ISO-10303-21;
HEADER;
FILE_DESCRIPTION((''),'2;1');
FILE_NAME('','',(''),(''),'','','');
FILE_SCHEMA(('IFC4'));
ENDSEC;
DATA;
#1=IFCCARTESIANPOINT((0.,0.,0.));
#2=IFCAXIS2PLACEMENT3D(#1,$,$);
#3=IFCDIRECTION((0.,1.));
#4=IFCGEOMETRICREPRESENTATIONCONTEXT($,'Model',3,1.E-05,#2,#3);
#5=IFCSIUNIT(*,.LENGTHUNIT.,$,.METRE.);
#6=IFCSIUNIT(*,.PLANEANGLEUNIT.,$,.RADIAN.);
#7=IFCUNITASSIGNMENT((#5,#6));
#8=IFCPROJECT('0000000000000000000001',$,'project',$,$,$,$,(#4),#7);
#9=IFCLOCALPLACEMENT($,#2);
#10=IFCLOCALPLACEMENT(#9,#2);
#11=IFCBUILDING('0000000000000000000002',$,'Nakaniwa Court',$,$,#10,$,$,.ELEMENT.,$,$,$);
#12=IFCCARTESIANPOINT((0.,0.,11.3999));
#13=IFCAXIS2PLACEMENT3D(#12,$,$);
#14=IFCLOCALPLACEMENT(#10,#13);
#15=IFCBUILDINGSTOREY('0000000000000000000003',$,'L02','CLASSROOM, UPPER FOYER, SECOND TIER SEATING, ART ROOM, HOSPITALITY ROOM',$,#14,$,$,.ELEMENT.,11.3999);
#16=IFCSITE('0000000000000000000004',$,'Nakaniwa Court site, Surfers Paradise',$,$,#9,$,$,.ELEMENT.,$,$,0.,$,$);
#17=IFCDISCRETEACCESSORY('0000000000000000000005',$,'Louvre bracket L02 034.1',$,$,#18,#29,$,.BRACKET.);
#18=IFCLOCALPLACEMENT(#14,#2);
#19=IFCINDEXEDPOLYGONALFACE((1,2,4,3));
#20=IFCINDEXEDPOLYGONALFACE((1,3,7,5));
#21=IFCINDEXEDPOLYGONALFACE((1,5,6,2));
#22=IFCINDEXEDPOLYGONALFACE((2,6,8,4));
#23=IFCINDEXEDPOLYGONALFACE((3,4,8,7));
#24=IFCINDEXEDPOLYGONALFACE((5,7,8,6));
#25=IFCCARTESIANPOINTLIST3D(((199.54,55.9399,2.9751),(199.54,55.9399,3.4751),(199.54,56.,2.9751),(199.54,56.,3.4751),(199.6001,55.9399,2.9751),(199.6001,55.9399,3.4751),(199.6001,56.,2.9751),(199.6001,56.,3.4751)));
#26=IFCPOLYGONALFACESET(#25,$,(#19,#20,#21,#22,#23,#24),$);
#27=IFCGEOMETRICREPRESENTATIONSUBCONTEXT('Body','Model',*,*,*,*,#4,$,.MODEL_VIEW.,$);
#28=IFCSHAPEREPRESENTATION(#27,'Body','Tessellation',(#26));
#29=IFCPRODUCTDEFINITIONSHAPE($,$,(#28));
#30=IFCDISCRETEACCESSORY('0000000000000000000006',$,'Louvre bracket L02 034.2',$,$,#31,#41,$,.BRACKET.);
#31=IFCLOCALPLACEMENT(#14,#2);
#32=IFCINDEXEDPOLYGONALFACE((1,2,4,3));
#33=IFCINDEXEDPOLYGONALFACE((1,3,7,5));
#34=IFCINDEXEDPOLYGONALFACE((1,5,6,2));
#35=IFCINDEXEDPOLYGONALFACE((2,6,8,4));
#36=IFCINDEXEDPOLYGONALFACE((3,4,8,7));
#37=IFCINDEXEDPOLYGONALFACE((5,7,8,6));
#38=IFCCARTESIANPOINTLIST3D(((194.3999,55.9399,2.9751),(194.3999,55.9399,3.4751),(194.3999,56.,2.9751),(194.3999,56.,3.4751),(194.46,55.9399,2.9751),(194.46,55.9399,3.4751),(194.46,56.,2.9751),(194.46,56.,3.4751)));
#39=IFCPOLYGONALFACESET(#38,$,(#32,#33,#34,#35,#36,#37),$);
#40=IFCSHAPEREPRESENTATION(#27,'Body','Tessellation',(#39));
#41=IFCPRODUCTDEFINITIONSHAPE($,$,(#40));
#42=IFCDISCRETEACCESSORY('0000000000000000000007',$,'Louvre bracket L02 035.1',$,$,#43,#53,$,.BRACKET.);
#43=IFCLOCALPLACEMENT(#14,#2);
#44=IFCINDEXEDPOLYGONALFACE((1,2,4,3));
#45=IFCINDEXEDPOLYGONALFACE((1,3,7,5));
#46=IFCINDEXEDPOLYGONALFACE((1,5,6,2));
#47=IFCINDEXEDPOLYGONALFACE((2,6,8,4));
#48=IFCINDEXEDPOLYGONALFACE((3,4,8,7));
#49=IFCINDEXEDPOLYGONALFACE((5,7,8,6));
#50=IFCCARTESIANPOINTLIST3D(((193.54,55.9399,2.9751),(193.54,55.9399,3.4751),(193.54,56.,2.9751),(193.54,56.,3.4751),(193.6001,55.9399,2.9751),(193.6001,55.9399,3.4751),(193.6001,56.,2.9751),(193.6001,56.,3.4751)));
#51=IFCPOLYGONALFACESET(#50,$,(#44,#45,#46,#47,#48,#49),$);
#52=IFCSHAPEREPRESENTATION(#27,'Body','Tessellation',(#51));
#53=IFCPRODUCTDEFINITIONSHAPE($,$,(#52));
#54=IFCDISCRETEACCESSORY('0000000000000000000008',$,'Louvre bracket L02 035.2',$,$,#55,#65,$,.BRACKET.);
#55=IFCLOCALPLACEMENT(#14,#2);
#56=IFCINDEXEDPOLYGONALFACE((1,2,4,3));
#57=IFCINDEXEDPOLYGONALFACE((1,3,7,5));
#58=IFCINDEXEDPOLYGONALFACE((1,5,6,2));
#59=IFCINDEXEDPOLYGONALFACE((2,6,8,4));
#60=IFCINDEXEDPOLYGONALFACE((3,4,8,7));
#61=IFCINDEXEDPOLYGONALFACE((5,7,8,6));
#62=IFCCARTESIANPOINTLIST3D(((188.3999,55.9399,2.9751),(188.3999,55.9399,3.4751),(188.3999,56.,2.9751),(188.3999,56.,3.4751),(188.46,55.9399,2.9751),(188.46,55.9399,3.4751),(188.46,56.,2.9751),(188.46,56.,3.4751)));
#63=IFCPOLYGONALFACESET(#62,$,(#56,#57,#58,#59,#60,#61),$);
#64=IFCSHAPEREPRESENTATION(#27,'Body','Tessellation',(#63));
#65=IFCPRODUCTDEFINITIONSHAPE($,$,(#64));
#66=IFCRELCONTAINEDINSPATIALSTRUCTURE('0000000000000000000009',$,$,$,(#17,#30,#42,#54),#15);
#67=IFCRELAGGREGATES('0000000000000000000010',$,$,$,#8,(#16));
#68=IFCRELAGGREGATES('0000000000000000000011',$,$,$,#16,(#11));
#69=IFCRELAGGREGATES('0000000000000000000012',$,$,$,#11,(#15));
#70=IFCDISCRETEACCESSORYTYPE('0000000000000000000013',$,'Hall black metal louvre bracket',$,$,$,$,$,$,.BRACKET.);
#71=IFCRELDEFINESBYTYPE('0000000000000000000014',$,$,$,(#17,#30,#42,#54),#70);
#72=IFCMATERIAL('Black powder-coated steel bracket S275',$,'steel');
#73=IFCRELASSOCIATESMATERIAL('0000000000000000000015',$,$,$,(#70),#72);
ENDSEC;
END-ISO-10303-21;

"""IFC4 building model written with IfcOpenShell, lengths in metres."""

from ifc_helpers import new_model, si_unit, direction, frame, origin, origin_2d, place, context, subcontext, project, spatial, rectangle, extrude, material, type_object, element, save


model = new_model("IFC4")

# Units and contexts
model_context = context("Model", 3, precision=1e-05, world=origin(), true_north=direction((0.0, 1.0)))
body_context = subcontext(model_context, "Body", "Model", "MODEL_VIEW")
ifc_project = project(units=[si_unit("LENGTHUNIT", "METRE"), si_unit("PLANEANGLEUNIT", "RADIAN")], contexts=[model_context])

# Site, building, storey
site_placement = place(None, origin())
site = spatial("IfcSite", under=ifc_project, at=site_placement, Name="Nakaniwa Court site, Surfers Paradise", CompositionType="ELEMENT", RefElevation=0.0)
building_placement = place(site_placement, origin())
building = spatial("IfcBuilding", under=site, at=building_placement, Name="Nakaniwa Court", CompositionType="ELEMENT")
storey_placement = place(building_placement, frame((0.0, 0.0, 11.3999)))
storey = spatial("IfcBuildingStorey", under=building, at=storey_placement, Name="L02", Description="CLASSROOM, UPPER FOYER, SECOND TIER SEATING, ART ROOM, HOSPITALITY ROOM", CompositionType="ELEMENT", Elevation=11.3999)

# Discrete accessories
ifc_material_1 = material(Name="Black powder-coated steel bracket S275", Category="steel")
discrete_accessory_type = type_object("IfcDiscreteAccessoryType", Name="Hall black metal louvre bracket", PredefinedType="BRACKET", material=ifc_material_1)
for number, where, z_axis, x_axis, name in (
    (1, (199.5701, 55.97, 2.9751), (0.0, 0.0, 1.0), (-1.0, 0.0, 0.0), "Louvre bracket L02 034.1"),
    (2, (194.4299, 55.97, 2.9751), (0.0, 0.0, 1.0), (-1.0, 0.0, 0.0), "Louvre bracket L02 034.2"),
    (3, (193.5701, 55.97, 2.9751), (0.0, 0.0, 1.0), (-1.0, 0.0, 0.0), "Louvre bracket L02 035.1"),
    (4, (188.4299, 55.97, 2.9751), (0.0, 0.0, 1.0), (-1.0, 0.0, 0.0), "Louvre bracket L02 035.2"),
):
    element("IfcDiscreteAccessory", number, at=place(storey_placement, frame(where, z_axis=z_axis, x_axis=x_axis)), inside=storey, type_object=discrete_accessory_type, Name=name, PredefinedType="BRACKET", context=body_context, shape_type="SweptSolid", body=[
        extrude(rectangle(XDim=0.0601, YDim=0.0601, at=origin_2d()), origin(), (0.0, 0.0, 1.0), 0.5),
    ])

save(model, "model.ifc")
